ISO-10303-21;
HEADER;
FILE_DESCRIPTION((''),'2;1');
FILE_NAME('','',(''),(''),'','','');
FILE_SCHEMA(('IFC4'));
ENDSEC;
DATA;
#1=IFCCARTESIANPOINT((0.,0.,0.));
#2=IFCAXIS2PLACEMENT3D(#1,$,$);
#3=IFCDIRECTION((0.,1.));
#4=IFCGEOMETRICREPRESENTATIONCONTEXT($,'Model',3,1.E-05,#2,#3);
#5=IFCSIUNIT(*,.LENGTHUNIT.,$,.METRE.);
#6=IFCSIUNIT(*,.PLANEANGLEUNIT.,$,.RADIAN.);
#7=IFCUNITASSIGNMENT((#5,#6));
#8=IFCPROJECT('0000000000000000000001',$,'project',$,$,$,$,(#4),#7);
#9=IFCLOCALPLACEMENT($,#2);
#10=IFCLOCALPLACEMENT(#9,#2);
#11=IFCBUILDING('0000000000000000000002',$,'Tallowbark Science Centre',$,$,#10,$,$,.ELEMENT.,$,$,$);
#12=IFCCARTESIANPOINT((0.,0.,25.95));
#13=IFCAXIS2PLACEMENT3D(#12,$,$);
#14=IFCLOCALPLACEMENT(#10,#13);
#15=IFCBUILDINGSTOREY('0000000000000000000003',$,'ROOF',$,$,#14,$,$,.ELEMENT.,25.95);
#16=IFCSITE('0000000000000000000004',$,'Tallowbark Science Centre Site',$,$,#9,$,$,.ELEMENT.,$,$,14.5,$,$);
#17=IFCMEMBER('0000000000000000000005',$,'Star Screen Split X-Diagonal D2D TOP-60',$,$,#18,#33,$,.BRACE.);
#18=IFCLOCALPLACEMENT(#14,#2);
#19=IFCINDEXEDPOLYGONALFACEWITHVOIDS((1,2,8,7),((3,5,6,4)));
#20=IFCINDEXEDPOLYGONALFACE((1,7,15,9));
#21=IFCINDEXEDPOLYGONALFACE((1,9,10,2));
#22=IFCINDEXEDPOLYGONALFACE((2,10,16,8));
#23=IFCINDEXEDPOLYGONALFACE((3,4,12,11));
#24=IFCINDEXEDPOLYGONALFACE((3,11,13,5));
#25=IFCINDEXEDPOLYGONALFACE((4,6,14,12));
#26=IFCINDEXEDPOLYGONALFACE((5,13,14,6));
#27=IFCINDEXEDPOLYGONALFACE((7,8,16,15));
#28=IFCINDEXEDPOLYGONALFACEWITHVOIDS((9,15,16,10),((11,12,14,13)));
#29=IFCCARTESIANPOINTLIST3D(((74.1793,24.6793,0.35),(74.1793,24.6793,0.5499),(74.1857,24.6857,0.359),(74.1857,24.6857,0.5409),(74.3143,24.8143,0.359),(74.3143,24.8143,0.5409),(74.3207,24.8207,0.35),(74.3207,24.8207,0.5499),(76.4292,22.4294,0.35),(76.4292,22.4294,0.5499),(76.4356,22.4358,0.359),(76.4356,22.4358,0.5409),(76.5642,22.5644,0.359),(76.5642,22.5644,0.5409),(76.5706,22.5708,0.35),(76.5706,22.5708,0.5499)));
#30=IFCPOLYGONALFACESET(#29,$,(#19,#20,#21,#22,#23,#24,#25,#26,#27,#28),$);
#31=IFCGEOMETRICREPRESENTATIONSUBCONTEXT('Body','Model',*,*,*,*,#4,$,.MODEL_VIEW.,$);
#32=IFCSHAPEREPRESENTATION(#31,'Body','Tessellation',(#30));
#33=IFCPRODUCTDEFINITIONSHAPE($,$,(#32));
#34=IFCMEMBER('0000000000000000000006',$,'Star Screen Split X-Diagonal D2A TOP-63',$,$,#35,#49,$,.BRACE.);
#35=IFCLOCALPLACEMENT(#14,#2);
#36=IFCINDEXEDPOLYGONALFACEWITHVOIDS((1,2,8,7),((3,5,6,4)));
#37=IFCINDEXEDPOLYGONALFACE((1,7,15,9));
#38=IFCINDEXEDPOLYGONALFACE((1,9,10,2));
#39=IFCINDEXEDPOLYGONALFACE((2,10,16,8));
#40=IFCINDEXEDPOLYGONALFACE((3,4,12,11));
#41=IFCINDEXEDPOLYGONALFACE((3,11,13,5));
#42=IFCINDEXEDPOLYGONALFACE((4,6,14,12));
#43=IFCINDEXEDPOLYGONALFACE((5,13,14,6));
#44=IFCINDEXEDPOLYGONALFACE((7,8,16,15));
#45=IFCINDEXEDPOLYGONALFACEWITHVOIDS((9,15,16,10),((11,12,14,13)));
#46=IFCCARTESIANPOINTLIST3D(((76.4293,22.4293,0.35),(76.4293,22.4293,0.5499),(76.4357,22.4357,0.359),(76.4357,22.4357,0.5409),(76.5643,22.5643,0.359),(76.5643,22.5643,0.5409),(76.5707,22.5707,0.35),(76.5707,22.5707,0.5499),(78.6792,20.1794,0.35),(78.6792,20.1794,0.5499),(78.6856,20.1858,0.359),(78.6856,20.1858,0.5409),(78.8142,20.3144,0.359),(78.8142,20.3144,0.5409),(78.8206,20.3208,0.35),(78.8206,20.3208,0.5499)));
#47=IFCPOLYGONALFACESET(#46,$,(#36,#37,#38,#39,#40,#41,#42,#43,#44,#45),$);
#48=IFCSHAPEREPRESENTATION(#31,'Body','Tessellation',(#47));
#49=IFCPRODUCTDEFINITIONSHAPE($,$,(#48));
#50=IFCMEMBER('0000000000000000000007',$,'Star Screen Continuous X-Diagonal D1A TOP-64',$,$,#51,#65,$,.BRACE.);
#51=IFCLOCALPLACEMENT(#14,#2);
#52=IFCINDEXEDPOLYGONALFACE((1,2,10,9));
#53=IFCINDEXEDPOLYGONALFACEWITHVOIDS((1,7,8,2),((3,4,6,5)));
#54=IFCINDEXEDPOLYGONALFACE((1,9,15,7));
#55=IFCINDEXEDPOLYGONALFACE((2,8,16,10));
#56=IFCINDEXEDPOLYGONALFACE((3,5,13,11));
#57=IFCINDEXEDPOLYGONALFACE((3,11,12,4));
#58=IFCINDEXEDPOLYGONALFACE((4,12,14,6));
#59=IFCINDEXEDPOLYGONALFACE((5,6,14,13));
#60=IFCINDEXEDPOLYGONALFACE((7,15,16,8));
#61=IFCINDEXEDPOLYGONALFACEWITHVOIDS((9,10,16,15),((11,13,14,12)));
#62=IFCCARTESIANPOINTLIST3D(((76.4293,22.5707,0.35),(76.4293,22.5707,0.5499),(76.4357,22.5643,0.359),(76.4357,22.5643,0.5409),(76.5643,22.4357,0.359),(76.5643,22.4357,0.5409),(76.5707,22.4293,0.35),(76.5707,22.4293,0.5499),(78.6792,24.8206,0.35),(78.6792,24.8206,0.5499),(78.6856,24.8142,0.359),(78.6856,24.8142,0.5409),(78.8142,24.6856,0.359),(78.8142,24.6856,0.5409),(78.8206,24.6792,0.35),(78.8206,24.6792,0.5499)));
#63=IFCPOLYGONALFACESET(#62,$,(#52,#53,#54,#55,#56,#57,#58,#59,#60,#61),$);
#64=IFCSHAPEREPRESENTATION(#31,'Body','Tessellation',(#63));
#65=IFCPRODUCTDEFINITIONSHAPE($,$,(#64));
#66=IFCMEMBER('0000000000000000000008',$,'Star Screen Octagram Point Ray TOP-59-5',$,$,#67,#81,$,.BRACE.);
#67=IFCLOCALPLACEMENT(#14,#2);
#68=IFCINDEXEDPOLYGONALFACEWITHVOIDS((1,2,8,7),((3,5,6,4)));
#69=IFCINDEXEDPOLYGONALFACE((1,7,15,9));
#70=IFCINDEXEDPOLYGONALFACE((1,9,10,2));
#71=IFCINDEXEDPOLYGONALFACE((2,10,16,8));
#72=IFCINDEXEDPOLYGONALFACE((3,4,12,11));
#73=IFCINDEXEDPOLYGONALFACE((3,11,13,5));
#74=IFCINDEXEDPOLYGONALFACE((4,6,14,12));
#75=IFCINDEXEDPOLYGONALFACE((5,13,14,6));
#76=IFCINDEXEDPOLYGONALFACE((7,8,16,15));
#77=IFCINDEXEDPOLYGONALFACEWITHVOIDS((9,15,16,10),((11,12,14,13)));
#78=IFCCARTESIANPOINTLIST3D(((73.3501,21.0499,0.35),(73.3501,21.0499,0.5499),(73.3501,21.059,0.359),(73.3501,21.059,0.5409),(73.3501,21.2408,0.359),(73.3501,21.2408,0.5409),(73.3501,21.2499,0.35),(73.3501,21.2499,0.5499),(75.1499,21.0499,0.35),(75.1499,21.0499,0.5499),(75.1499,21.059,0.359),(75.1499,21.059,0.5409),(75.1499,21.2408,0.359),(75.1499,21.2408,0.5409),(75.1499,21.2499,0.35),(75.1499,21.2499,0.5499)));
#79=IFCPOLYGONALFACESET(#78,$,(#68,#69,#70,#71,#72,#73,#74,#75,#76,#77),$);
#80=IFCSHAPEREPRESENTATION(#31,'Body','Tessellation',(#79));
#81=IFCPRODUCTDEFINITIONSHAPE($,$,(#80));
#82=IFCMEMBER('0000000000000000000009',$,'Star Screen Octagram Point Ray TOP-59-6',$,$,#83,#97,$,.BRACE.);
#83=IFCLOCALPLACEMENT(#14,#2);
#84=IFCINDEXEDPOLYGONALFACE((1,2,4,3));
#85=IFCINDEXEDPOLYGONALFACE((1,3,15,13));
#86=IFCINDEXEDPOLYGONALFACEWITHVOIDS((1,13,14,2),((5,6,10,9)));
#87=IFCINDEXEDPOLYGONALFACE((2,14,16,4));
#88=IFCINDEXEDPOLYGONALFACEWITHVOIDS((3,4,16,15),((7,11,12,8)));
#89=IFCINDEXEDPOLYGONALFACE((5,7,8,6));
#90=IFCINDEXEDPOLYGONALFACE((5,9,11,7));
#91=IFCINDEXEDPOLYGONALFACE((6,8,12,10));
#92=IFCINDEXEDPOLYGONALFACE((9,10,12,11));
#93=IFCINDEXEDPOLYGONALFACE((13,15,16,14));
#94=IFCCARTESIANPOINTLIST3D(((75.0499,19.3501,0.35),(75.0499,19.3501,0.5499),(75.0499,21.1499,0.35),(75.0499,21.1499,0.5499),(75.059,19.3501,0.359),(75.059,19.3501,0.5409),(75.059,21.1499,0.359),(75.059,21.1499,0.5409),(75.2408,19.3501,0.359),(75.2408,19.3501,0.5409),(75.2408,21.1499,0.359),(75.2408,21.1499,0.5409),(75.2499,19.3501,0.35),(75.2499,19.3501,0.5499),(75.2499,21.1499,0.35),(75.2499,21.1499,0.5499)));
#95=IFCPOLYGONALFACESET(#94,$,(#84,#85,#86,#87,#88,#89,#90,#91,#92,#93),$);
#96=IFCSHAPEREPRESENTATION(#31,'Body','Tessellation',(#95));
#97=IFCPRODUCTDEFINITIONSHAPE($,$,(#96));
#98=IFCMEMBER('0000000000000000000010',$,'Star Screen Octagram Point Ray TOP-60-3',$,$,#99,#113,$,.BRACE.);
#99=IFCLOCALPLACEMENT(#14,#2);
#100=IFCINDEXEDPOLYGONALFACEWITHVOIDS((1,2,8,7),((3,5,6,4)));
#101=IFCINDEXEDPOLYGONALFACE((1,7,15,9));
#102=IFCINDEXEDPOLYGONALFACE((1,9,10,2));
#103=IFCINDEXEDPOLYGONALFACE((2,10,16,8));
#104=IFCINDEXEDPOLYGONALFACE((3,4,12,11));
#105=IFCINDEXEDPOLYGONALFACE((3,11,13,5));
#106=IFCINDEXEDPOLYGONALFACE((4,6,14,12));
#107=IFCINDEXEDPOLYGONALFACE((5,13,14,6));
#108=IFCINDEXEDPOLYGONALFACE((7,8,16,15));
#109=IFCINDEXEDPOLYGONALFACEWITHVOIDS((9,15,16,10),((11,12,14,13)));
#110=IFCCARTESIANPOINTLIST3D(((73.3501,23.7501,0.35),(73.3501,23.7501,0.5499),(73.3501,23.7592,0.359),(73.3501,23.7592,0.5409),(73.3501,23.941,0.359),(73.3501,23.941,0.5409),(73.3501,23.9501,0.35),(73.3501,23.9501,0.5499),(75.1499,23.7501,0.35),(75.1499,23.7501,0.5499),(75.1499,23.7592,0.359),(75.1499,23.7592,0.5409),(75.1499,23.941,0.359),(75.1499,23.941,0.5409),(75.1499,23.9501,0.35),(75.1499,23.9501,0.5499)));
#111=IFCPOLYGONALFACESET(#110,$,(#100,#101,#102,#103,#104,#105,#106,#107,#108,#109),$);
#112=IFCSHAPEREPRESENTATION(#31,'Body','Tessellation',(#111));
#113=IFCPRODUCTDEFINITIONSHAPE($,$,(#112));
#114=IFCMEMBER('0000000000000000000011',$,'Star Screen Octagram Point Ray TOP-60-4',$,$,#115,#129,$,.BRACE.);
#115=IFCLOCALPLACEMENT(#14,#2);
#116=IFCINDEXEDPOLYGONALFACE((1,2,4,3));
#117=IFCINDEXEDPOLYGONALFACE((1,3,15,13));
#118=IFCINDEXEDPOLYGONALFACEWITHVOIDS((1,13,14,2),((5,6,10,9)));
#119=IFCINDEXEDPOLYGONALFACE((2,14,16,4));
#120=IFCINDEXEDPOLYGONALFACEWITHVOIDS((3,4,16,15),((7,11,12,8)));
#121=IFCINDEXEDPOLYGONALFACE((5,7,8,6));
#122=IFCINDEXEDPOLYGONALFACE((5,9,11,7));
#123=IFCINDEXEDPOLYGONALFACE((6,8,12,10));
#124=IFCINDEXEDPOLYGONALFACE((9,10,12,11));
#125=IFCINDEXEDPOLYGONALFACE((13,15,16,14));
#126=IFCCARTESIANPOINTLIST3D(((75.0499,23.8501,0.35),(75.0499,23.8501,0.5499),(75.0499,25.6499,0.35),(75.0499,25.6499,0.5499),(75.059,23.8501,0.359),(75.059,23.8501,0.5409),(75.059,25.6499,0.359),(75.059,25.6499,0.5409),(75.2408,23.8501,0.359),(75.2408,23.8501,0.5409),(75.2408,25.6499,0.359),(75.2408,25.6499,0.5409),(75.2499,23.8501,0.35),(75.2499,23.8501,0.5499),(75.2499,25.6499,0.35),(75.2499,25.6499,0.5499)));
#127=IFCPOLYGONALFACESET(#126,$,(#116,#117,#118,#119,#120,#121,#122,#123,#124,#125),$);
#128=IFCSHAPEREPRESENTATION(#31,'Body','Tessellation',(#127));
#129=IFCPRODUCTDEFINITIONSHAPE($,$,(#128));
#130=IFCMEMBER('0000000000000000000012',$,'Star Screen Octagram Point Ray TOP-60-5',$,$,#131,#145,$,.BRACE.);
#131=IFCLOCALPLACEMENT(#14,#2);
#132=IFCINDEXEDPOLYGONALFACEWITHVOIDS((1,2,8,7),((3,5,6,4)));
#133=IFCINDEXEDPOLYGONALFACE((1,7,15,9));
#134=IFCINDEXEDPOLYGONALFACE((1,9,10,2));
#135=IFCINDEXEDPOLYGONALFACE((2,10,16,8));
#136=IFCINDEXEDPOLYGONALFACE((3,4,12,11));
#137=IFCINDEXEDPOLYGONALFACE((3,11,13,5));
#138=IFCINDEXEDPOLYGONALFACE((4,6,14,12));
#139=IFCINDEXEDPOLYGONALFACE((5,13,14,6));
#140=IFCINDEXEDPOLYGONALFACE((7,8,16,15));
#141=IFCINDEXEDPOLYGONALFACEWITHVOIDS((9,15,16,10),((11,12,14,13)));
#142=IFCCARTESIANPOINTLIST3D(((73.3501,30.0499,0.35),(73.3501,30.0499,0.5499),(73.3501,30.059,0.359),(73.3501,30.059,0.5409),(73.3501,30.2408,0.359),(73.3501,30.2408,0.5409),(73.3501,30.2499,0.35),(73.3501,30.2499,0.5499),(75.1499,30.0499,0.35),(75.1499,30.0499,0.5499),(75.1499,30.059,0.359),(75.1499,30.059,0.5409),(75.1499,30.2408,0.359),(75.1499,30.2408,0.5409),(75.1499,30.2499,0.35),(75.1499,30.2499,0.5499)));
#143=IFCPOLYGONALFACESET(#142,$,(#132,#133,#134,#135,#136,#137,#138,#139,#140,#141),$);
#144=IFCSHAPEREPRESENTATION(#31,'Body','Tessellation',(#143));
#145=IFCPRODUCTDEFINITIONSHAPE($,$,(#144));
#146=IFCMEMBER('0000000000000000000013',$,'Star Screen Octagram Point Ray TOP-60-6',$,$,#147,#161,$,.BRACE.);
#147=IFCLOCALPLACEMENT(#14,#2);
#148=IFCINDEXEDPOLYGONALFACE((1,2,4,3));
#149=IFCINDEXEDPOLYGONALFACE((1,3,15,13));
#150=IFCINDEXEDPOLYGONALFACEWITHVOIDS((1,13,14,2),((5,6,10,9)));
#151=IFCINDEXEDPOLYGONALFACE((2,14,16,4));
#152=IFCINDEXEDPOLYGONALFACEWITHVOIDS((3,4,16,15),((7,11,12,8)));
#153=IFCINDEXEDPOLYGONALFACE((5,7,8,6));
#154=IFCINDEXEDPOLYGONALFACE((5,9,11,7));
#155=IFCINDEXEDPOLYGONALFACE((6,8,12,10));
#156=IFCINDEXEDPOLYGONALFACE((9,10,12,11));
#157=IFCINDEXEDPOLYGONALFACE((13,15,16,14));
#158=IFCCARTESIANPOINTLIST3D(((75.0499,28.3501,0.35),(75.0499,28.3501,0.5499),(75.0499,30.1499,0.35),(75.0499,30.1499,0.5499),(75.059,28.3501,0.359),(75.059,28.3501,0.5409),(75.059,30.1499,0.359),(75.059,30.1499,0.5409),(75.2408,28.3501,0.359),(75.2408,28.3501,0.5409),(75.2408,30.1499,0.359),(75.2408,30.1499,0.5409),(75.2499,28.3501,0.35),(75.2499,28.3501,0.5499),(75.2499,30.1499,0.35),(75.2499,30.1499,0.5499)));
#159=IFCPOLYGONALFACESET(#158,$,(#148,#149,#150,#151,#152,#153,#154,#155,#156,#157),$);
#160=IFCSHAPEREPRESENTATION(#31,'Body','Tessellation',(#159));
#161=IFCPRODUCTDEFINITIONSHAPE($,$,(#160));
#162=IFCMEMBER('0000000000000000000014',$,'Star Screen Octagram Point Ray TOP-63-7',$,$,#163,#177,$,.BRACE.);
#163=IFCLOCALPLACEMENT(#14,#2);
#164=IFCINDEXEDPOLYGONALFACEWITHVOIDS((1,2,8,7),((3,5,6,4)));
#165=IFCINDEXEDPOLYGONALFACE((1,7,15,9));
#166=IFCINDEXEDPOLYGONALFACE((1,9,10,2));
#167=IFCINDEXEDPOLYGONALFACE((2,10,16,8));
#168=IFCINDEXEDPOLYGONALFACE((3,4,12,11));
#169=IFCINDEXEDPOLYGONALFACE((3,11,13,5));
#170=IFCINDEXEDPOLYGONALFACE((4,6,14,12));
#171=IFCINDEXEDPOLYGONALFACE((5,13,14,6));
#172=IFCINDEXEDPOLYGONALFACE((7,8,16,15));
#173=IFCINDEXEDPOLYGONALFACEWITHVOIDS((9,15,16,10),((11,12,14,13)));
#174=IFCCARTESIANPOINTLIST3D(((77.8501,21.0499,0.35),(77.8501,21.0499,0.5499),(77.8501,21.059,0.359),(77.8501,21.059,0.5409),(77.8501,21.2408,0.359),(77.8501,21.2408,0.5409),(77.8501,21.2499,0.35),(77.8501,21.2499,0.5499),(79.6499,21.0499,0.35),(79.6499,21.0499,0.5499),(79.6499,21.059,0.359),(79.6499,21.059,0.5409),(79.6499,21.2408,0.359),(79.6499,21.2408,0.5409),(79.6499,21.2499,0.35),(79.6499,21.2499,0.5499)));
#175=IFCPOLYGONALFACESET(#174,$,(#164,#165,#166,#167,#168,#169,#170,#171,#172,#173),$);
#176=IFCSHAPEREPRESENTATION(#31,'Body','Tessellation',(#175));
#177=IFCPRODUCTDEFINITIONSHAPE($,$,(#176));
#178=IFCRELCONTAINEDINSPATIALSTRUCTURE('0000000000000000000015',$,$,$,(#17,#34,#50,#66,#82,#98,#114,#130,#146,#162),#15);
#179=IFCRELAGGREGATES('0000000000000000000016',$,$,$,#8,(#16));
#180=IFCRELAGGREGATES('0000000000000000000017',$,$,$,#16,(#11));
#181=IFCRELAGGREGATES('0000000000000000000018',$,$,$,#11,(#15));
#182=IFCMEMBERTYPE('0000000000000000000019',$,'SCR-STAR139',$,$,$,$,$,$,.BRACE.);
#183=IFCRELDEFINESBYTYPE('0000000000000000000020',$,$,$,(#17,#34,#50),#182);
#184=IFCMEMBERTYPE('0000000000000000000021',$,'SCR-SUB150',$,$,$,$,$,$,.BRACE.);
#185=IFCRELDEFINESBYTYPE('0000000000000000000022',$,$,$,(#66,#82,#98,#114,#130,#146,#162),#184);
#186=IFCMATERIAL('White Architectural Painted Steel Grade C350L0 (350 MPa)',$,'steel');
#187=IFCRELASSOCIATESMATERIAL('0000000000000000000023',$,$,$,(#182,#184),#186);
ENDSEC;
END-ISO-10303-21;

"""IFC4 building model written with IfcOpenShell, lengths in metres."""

from ifc_helpers import new_model, si_unit, direction, frame, origin, origin_2d, place, context, subcontext, project, spatial, hollow_rectangle, extrude, material, material_profile, profile_set, type_object, element, save


model = new_model("IFC4")

# Units and contexts
model_context = context("Model", 3, precision=1e-05, world=origin(), true_north=direction((0.0, 1.0)))
body_context = subcontext(model_context, "Body", "Model", "MODEL_VIEW")
ifc_project = project(units=[si_unit("LENGTHUNIT", "METRE"), si_unit("PLANEANGLEUNIT", "RADIAN")], contexts=[model_context])

# Site, building, storey
site_placement = place(None, origin())
site = spatial("IfcSite", under=ifc_project, at=site_placement, Name="Tallowbark Science Centre Site", CompositionType="ELEMENT", RefElevation=14.5)
building_placement = place(site_placement, origin())
building = spatial("IfcBuilding", under=site, at=building_placement, Name="Tallowbark Science Centre", CompositionType="ELEMENT")
storey_placement = place(building_placement, frame((0.0, 0.0, 25.95)))
storey = spatial("IfcBuildingStorey", under=building, at=storey_placement, Name="ROOF", CompositionType="ELEMENT", Elevation=25.95)

# Members
ifc_material_1 = material(Name="White Architectural Painted Steel Grade C350L0 (350 MPa)", Category="steel")
ifc_material_profile_1 = material_profile(ifc_material_1, hollow_rectangle(XDim=0.2, YDim=0.2, WallThickness=0.009, at=origin_2d()), Name="200x200x9.0SHS")
ifc_profile_set_1 = profile_set([ifc_material_profile_1], Name="White Architectural Painted Steel Grade C350L0 (350 MPa)")
member_type_1 = type_object("IfcMemberType", Name="SCR-STAR139", PredefinedType="BRACE", material=ifc_profile_set_1)
for number, where, z_axis, x_axis, name in (
    (1, (74.25, 24.75, 0.45), (0.707107, -0.707107, 0.0), (0.707107, 0.707107, 0.0), "Star Screen Split X-Diagonal D2D TOP-60"),
    (2, (76.5, 22.5, 0.45), (0.707107, -0.707107, 0.0), (0.707107, 0.707107, 0.0), "Star Screen Split X-Diagonal D2A TOP-63"),
    (3, (76.5, 22.5, 0.45), (0.707107, 0.707107, 0.0), (-0.707107, 0.707107, 0.0), "Star Screen Continuous X-Diagonal D1A TOP-64"),
):
    element("IfcMember", number, at=place(storey_placement, frame(where, z_axis=z_axis, x_axis=x_axis)), inside=storey, type_object=member_type_1, Name=name, PredefinedType="BRACE", context=body_context, shape_type="SweptSolid", body=[
        extrude(hollow_rectangle(XDim=0.2, YDim=0.2, WallThickness=0.009, at=origin_2d()), origin(), (0.0, 0.0, 1.0), 3.1819),
    ])
ifc_material_profile_2 = material_profile(ifc_material_1, hollow_rectangle(XDim=0.2, YDim=0.2, WallThickness=0.009, at=origin_2d()), Name="200x200x9.0SHS")
ifc_profile_set_2 = profile_set([ifc_material_profile_2], Name="White Architectural Painted Steel Grade C350L0 (350 MPa)")
member_type_2 = type_object("IfcMemberType", Name="SCR-SUB150", PredefinedType="BRACE", material=ifc_profile_set_2)
for number, where, z_axis, x_axis, name in (
    (4, (75.1499, 21.1499, 0.45), (-1.0, 0.0, 0.0), (0.0, -1.0, 0.0), "Star Screen Octagram Point Ray TOP-59-5"),
    (5, (75.1499, 21.1499, 0.45), (0.0, -1.0, 0.0), (1.0, 0.0, 0.0), "Star Screen Octagram Point Ray TOP-59-6"),
    (6, (75.1499, 23.8501, 0.45), (-1.0, 0.0, 0.0), (0.0, -1.0, 0.0), "Star Screen Octagram Point Ray TOP-60-3"),
    (7, (75.1499, 23.8501, 0.45), (0.0, 1.0, 0.0), (-1.0, 0.0, 0.0), "Star Screen Octagram Point Ray TOP-60-4"),
    (8, (75.1499, 30.1499, 0.45), (-1.0, 0.0, 0.0), (0.0, -1.0, 0.0), "Star Screen Octagram Point Ray TOP-60-5"),
    (9, (75.1499, 30.1499, 0.45), (0.0, -1.0, 0.0), (1.0, 0.0, 0.0), "Star Screen Octagram Point Ray TOP-60-6"),
    (10, (77.8501, 21.1499, 0.45), (1.0, 0.0, 0.0), (0.0, 1.0, 0.0), "Star Screen Octagram Point Ray TOP-63-7"),
):
    element("IfcMember", number, at=place(storey_placement, frame(where, z_axis=z_axis, x_axis=x_axis)), inside=storey, type_object=member_type_2, Name=name, PredefinedType="BRACE", context=body_context, shape_type="SweptSolid", body=[
        extrude(hollow_rectangle(XDim=0.2, YDim=0.2, WallThickness=0.009, at=origin_2d()), origin(), (0.0, 0.0, 1.0), 1.7998),
    ])

save(model, "model.ifc")
